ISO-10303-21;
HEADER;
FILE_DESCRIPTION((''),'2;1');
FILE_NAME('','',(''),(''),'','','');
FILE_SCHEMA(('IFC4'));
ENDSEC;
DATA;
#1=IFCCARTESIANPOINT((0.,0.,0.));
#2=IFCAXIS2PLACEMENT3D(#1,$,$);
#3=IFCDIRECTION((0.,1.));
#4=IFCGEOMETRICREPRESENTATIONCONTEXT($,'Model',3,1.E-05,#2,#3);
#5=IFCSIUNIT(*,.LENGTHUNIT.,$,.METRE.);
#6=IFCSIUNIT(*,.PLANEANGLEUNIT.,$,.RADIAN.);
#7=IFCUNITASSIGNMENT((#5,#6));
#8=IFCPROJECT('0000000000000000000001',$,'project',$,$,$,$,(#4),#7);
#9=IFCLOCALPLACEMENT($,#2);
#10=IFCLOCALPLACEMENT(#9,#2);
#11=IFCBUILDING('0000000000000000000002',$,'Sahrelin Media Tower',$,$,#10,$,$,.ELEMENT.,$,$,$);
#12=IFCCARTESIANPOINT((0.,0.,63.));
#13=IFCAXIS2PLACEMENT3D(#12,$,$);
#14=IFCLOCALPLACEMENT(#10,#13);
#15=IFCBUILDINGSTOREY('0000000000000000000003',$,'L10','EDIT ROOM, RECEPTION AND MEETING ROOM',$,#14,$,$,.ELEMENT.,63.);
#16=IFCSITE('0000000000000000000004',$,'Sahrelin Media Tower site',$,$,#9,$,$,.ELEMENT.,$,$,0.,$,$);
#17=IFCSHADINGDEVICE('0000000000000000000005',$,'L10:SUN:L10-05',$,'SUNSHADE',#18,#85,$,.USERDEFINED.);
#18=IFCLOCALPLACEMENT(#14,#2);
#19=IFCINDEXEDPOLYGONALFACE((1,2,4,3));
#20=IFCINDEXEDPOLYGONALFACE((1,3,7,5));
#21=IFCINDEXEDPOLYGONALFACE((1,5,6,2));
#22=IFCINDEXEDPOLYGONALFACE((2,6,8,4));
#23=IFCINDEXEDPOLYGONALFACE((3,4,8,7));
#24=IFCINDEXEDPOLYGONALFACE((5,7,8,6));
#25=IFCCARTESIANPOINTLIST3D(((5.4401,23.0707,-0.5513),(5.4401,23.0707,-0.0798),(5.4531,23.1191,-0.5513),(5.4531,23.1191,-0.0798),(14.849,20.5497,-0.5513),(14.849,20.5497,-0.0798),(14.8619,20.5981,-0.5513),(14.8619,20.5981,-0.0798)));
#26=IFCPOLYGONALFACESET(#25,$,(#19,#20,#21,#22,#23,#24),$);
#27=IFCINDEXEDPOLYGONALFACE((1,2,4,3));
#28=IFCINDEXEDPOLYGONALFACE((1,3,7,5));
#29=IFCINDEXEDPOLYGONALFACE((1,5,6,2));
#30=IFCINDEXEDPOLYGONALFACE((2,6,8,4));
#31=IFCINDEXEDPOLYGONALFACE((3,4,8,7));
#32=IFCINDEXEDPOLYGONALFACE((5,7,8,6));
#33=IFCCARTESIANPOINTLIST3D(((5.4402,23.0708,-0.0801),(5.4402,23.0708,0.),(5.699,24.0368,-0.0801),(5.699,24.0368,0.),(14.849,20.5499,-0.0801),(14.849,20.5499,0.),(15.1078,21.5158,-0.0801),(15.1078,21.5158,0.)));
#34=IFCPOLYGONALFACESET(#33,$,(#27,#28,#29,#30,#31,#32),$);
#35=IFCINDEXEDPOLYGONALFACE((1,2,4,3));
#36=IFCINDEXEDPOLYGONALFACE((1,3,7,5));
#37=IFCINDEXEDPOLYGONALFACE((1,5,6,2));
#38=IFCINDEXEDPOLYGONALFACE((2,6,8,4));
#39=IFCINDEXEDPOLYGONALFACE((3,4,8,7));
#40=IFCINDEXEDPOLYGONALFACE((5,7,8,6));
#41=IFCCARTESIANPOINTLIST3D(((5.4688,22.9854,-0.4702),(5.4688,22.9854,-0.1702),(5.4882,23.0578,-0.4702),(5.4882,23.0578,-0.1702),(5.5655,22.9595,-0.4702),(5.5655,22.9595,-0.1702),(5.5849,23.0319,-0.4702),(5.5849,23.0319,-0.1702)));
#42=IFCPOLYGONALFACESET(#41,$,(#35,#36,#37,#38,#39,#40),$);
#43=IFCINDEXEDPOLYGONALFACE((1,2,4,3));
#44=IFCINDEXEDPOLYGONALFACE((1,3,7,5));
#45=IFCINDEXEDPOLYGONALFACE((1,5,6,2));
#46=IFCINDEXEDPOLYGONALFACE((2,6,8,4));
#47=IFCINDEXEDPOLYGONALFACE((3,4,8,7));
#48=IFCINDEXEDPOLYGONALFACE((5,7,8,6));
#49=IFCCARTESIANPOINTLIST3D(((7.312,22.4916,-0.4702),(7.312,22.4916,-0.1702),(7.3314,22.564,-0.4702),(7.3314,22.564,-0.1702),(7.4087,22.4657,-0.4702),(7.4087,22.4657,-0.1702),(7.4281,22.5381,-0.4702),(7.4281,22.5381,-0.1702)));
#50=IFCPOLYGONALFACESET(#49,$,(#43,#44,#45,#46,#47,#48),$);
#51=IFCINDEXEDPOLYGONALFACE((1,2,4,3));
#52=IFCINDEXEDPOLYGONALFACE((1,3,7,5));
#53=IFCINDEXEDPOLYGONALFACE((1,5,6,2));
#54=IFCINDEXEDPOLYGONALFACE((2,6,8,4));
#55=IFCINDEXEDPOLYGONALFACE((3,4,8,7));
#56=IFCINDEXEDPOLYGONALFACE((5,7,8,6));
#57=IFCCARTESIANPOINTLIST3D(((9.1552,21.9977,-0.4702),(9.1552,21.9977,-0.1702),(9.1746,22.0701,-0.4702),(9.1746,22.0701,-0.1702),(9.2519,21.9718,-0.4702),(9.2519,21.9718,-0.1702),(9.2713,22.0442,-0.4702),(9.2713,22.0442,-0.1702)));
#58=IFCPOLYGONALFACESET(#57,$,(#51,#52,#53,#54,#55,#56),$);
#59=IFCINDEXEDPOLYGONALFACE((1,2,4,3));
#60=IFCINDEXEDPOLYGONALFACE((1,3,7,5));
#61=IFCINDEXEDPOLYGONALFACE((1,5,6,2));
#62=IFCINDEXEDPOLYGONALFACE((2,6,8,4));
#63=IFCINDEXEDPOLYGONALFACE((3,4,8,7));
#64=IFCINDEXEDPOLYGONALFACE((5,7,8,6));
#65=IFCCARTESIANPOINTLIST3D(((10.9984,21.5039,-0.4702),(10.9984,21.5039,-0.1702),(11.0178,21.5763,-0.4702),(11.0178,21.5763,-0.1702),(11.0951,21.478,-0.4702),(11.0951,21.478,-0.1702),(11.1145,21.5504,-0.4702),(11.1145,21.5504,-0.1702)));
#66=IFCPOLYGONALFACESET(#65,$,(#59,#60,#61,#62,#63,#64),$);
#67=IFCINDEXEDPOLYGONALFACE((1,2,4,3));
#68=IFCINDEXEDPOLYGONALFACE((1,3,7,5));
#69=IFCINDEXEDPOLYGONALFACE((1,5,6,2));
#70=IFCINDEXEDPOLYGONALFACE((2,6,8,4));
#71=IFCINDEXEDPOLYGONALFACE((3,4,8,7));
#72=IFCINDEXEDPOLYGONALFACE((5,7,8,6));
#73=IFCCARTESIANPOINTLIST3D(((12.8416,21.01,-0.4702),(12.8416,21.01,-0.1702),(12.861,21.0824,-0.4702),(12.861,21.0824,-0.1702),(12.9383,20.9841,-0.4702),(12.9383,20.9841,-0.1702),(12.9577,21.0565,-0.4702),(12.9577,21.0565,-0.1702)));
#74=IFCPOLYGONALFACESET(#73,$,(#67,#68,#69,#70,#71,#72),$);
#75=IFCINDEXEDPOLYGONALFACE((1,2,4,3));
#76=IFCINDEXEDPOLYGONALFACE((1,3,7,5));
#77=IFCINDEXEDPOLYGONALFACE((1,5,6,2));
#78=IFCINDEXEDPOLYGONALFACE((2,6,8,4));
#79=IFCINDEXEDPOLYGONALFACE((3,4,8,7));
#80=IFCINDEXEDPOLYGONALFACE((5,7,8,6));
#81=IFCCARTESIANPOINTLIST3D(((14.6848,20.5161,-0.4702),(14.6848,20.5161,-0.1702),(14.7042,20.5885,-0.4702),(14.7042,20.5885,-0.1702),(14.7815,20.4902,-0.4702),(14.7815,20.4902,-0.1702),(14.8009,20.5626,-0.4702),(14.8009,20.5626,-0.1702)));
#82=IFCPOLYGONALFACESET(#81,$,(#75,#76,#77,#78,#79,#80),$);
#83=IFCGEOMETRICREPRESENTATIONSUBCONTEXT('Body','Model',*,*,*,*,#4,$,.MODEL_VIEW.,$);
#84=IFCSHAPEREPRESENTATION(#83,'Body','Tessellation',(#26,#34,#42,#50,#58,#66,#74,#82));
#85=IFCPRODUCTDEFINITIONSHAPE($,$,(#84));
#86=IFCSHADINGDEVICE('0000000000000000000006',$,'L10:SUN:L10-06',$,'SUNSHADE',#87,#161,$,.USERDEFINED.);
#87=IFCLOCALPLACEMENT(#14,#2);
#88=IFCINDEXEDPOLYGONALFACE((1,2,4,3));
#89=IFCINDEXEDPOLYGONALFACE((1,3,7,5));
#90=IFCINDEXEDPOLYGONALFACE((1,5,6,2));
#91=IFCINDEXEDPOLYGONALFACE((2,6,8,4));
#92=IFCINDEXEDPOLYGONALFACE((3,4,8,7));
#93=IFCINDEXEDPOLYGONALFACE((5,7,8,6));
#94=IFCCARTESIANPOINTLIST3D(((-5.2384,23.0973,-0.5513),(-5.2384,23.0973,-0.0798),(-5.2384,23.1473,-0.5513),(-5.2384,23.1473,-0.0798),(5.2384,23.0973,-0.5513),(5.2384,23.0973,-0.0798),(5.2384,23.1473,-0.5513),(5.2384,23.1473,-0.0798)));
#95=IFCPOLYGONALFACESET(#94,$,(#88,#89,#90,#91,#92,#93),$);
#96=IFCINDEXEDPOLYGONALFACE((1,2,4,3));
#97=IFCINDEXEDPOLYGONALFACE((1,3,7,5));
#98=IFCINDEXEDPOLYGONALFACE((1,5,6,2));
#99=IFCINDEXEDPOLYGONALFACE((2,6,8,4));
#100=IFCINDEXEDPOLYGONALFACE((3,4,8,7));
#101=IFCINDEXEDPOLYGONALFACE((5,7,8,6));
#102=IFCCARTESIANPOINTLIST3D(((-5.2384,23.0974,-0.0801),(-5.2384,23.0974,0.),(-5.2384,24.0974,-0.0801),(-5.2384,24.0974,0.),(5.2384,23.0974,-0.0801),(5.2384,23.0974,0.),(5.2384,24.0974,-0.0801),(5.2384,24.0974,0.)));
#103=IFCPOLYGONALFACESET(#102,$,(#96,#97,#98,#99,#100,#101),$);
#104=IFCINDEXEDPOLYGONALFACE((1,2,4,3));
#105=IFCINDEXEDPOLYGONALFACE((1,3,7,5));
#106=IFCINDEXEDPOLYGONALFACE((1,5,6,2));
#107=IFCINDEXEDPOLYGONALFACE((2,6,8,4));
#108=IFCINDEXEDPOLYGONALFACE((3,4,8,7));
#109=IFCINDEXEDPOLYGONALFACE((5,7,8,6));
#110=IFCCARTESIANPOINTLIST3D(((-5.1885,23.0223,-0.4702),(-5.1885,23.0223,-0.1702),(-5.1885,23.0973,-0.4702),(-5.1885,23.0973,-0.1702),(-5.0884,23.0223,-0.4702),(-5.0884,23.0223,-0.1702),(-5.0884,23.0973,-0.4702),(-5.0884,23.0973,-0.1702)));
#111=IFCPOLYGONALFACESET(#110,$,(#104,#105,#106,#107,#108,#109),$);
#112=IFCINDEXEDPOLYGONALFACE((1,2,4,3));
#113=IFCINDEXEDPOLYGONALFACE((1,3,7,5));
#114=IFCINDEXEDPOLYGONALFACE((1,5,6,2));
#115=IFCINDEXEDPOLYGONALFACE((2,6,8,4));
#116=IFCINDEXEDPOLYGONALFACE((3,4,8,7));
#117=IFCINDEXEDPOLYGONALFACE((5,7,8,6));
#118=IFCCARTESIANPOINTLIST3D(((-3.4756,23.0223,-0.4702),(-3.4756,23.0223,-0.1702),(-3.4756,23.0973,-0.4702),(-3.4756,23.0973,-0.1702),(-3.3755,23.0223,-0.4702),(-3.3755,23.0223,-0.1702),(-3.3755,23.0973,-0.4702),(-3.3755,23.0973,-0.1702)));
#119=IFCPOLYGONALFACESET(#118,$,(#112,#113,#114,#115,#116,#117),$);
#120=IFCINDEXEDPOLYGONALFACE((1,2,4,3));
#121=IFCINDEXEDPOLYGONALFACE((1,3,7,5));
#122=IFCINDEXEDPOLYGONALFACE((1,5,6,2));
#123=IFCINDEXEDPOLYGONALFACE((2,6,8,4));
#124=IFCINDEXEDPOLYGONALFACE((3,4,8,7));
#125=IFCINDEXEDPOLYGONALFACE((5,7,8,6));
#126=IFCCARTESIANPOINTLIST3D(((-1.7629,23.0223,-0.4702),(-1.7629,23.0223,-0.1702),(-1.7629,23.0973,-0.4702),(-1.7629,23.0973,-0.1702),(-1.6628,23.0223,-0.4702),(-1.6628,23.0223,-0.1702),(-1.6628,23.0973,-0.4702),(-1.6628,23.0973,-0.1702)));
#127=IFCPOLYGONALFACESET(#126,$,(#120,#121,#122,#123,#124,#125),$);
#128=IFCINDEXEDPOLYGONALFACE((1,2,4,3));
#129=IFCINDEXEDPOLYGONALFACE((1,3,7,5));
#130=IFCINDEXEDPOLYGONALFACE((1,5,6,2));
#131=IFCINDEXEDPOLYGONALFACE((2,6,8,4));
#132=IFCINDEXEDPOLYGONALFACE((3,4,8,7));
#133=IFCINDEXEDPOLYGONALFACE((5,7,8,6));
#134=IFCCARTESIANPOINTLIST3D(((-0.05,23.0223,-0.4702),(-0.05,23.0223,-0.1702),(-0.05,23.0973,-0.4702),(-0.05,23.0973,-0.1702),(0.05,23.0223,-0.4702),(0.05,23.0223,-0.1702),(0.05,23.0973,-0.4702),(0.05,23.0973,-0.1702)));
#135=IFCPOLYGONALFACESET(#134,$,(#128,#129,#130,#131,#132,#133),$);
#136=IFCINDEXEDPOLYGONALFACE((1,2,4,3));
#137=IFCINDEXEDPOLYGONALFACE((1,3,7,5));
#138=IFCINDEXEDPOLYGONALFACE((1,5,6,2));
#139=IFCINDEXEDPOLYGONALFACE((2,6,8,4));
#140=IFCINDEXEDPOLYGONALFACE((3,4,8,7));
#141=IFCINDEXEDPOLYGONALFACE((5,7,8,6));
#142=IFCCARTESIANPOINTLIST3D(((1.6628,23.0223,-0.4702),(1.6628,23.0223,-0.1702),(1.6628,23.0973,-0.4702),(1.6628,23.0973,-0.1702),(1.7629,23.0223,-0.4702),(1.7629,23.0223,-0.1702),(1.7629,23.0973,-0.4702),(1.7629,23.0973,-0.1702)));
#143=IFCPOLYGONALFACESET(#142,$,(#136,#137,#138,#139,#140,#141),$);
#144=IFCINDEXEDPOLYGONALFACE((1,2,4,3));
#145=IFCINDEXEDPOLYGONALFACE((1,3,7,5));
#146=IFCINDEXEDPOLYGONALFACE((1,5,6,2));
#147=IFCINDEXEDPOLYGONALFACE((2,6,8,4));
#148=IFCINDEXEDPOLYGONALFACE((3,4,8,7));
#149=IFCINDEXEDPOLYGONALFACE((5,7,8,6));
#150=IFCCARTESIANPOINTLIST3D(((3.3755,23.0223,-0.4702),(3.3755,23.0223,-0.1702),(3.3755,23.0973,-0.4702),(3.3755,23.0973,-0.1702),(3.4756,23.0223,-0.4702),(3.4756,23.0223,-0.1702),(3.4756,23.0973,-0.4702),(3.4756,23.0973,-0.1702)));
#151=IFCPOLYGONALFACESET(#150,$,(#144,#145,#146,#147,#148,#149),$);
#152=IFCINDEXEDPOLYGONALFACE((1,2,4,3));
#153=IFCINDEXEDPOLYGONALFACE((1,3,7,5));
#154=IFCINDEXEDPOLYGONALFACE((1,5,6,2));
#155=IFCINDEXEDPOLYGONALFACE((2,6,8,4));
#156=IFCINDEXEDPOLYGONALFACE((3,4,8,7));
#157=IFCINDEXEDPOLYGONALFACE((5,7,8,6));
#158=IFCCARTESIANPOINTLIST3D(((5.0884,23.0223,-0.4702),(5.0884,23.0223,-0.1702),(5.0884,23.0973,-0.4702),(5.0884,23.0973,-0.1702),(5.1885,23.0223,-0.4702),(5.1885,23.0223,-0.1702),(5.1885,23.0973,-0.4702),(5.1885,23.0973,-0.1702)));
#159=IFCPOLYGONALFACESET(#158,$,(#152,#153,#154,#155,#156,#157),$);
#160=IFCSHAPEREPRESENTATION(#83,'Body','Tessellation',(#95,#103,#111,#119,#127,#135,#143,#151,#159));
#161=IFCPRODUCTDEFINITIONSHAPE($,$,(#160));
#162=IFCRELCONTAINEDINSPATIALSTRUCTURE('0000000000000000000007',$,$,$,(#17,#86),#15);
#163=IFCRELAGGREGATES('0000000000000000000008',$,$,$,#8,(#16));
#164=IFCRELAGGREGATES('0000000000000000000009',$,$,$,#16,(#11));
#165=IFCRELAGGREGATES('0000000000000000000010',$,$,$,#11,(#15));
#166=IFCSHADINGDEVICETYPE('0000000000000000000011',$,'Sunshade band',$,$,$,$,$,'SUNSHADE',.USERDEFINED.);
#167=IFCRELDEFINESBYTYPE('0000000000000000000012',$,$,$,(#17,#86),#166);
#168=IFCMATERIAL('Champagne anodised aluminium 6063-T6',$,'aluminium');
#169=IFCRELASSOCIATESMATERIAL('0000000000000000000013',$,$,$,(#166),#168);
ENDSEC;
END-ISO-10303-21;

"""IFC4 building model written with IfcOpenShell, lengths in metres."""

from ifc_helpers import new_model, si_unit, direction, frame, origin, origin_2d, place, context, subcontext, project, spatial, rectangle, extrude, material, type_object, element, save


model = new_model("IFC4")

# Units and contexts
model_context = context("Model", 3, precision=1e-05, world=origin(), true_north=direction((0.0, 1.0)))
body_context = subcontext(model_context, "Body", "Model", "MODEL_VIEW")
ifc_project = project(units=[si_unit("LENGTHUNIT", "METRE"), si_unit("PLANEANGLEUNIT", "RADIAN")], contexts=[model_context])

# Site, building, storey
site_placement = place(None, origin())
site = spatial("IfcSite", under=ifc_project, at=site_placement, Name="Sahrelin Media Tower site", CompositionType="ELEMENT", RefElevation=0.0)
building_placement = place(site_placement, origin())
building = spatial("IfcBuilding", under=site, at=building_placement, Name="Sahrelin Media Tower", CompositionType="ELEMENT")
storey_placement = place(building_placement, frame((0.0, 0.0, 63.0)))
storey = spatial("IfcBuildingStorey", under=building, at=storey_placement, Name="L10", Description="EDIT ROOM, RECEPTION AND MEETING ROOM", CompositionType="ELEMENT", Elevation=63.0)

# Shared definitions
ifc_material_1 = material(Name="Champagne anodised aluminium 6063-T6", Category="aluminium")
placement_1 = place(storey_placement, frame((0.0, 23.0774, 0.0), z_axis=(0.0, 0.0, 1.0), x_axis=(1.0, 0.0, 0.0)))

# Shading devices
placement_2 = place(storey_placement, frame((10.1394, 21.791, 0.0), z_axis=(0.0, 0.0, 1.0), x_axis=(0.965929, -0.258808, 0.0)))
shading_device_type_1 = type_object("IfcShadingDeviceType", Name="Sunshade band", ElementType="SUNSHADE", PredefinedType="USERDEFINED", material=ifc_material_1)
element("IfcShadingDevice", 1, at=placement_2, inside=storey, type_object=shading_device_type_1, Name="L10:SUN:L10-05", ObjectType="SUNSHADE", PredefinedType="USERDEFINED", context=body_context, shape_type="SweptSolid", body=[
    extrude(rectangle(XDim=9.7407, YDim=0.05, at=origin_2d()), frame((0.0, 0.0449, -0.5513)), (0.0, 0.0, 1.0), 0.4714),
    extrude(rectangle(XDim=9.7407, YDim=1.0, at=origin_2d()), frame((0.0, 0.52, -0.0801)), (0.0, 0.0, 1.0), 0.0801),
    extrude(rectangle(XDim=0.1001, YDim=0.075, at=origin_2d()), frame((-4.7705, -0.0176, -0.4702)), (0.0, 0.0, 1.0), 0.3),
    extrude(rectangle(XDim=0.1001, YDim=0.075, at=origin_2d()), frame((-2.8623, -0.0176, -0.4702)), (0.0, 0.0, 1.0), 0.3),
    extrude(rectangle(XDim=0.1001, YDim=0.075, at=origin_2d()), frame((-0.9541, -0.0176, -0.4702)), (0.0, 0.0, 1.0), 0.3),
    extrude(rectangle(XDim=0.1001, YDim=0.075, at=origin_2d()), frame((0.9541, -0.0176, -0.4702)), (0.0, 0.0, 1.0), 0.3),
    extrude(rectangle(XDim=0.1001, YDim=0.075, at=origin_2d()), frame((2.8623, -0.0176, -0.4702)), (0.0, 0.0, 1.0), 0.3),
    extrude(rectangle(XDim=0.1001, YDim=0.075, at=origin_2d()), frame((4.7705, -0.0176, -0.4702)), (0.0, 0.0, 1.0), 0.3),
])
element("IfcShadingDevice", 2, at=placement_1, inside=storey, type_object=shading_device_type_1, Name="L10:SUN:L10-06", ObjectType="SUNSHADE", PredefinedType="USERDEFINED", context=body_context, shape_type="SweptSolid", body=[
    extrude(rectangle(XDim=10.4768, YDim=0.05, at=origin_2d()), frame((0.0, 0.0449, -0.5513)), (0.0, 0.0, 1.0), 0.4714),
    extrude(rectangle(XDim=10.4768, YDim=1.0, at=origin_2d()), frame((0.0, 0.52, -0.0801)), (0.0, 0.0, 1.0), 0.0801),
    extrude(rectangle(XDim=0.1001, YDim=0.075, at=origin_2d()), frame((-5.1384, -0.0176, -0.4702)), (0.0, 0.0, 1.0), 0.3),
    extrude(rectangle(XDim=0.1001, YDim=0.075, at=origin_2d()), frame((-3.4255, -0.0176, -0.4702)), (0.0, 0.0, 1.0), 0.3),
    extrude(rectangle(XDim=0.1001, YDim=0.075, at=origin_2d()), frame((-1.7129, -0.0176, -0.4702)), (0.0, 0.0, 1.0), 0.3),
    extrude(rectangle(XDim=0.1001, YDim=0.075, at=origin_2d()), frame((0.0, -0.0176, -0.4702)), (0.0, 0.0, 1.0), 0.3),
    extrude(rectangle(XDim=0.1001, YDim=0.075, at=origin_2d()), frame((1.7129, -0.0176, -0.4702)), (0.0, 0.0, 1.0), 0.3),
    extrude(rectangle(XDim=0.1001, YDim=0.075, at=origin_2d()), frame((3.4255, -0.0176, -0.4702)), (0.0, 0.0, 1.0), 0.3),
    extrude(rectangle(XDim=0.1001, YDim=0.075, at=origin_2d()), frame((5.1384, -0.0176, -0.4702)), (0.0, 0.0, 1.0), 0.3),
])

save(model, "model.ifc")
